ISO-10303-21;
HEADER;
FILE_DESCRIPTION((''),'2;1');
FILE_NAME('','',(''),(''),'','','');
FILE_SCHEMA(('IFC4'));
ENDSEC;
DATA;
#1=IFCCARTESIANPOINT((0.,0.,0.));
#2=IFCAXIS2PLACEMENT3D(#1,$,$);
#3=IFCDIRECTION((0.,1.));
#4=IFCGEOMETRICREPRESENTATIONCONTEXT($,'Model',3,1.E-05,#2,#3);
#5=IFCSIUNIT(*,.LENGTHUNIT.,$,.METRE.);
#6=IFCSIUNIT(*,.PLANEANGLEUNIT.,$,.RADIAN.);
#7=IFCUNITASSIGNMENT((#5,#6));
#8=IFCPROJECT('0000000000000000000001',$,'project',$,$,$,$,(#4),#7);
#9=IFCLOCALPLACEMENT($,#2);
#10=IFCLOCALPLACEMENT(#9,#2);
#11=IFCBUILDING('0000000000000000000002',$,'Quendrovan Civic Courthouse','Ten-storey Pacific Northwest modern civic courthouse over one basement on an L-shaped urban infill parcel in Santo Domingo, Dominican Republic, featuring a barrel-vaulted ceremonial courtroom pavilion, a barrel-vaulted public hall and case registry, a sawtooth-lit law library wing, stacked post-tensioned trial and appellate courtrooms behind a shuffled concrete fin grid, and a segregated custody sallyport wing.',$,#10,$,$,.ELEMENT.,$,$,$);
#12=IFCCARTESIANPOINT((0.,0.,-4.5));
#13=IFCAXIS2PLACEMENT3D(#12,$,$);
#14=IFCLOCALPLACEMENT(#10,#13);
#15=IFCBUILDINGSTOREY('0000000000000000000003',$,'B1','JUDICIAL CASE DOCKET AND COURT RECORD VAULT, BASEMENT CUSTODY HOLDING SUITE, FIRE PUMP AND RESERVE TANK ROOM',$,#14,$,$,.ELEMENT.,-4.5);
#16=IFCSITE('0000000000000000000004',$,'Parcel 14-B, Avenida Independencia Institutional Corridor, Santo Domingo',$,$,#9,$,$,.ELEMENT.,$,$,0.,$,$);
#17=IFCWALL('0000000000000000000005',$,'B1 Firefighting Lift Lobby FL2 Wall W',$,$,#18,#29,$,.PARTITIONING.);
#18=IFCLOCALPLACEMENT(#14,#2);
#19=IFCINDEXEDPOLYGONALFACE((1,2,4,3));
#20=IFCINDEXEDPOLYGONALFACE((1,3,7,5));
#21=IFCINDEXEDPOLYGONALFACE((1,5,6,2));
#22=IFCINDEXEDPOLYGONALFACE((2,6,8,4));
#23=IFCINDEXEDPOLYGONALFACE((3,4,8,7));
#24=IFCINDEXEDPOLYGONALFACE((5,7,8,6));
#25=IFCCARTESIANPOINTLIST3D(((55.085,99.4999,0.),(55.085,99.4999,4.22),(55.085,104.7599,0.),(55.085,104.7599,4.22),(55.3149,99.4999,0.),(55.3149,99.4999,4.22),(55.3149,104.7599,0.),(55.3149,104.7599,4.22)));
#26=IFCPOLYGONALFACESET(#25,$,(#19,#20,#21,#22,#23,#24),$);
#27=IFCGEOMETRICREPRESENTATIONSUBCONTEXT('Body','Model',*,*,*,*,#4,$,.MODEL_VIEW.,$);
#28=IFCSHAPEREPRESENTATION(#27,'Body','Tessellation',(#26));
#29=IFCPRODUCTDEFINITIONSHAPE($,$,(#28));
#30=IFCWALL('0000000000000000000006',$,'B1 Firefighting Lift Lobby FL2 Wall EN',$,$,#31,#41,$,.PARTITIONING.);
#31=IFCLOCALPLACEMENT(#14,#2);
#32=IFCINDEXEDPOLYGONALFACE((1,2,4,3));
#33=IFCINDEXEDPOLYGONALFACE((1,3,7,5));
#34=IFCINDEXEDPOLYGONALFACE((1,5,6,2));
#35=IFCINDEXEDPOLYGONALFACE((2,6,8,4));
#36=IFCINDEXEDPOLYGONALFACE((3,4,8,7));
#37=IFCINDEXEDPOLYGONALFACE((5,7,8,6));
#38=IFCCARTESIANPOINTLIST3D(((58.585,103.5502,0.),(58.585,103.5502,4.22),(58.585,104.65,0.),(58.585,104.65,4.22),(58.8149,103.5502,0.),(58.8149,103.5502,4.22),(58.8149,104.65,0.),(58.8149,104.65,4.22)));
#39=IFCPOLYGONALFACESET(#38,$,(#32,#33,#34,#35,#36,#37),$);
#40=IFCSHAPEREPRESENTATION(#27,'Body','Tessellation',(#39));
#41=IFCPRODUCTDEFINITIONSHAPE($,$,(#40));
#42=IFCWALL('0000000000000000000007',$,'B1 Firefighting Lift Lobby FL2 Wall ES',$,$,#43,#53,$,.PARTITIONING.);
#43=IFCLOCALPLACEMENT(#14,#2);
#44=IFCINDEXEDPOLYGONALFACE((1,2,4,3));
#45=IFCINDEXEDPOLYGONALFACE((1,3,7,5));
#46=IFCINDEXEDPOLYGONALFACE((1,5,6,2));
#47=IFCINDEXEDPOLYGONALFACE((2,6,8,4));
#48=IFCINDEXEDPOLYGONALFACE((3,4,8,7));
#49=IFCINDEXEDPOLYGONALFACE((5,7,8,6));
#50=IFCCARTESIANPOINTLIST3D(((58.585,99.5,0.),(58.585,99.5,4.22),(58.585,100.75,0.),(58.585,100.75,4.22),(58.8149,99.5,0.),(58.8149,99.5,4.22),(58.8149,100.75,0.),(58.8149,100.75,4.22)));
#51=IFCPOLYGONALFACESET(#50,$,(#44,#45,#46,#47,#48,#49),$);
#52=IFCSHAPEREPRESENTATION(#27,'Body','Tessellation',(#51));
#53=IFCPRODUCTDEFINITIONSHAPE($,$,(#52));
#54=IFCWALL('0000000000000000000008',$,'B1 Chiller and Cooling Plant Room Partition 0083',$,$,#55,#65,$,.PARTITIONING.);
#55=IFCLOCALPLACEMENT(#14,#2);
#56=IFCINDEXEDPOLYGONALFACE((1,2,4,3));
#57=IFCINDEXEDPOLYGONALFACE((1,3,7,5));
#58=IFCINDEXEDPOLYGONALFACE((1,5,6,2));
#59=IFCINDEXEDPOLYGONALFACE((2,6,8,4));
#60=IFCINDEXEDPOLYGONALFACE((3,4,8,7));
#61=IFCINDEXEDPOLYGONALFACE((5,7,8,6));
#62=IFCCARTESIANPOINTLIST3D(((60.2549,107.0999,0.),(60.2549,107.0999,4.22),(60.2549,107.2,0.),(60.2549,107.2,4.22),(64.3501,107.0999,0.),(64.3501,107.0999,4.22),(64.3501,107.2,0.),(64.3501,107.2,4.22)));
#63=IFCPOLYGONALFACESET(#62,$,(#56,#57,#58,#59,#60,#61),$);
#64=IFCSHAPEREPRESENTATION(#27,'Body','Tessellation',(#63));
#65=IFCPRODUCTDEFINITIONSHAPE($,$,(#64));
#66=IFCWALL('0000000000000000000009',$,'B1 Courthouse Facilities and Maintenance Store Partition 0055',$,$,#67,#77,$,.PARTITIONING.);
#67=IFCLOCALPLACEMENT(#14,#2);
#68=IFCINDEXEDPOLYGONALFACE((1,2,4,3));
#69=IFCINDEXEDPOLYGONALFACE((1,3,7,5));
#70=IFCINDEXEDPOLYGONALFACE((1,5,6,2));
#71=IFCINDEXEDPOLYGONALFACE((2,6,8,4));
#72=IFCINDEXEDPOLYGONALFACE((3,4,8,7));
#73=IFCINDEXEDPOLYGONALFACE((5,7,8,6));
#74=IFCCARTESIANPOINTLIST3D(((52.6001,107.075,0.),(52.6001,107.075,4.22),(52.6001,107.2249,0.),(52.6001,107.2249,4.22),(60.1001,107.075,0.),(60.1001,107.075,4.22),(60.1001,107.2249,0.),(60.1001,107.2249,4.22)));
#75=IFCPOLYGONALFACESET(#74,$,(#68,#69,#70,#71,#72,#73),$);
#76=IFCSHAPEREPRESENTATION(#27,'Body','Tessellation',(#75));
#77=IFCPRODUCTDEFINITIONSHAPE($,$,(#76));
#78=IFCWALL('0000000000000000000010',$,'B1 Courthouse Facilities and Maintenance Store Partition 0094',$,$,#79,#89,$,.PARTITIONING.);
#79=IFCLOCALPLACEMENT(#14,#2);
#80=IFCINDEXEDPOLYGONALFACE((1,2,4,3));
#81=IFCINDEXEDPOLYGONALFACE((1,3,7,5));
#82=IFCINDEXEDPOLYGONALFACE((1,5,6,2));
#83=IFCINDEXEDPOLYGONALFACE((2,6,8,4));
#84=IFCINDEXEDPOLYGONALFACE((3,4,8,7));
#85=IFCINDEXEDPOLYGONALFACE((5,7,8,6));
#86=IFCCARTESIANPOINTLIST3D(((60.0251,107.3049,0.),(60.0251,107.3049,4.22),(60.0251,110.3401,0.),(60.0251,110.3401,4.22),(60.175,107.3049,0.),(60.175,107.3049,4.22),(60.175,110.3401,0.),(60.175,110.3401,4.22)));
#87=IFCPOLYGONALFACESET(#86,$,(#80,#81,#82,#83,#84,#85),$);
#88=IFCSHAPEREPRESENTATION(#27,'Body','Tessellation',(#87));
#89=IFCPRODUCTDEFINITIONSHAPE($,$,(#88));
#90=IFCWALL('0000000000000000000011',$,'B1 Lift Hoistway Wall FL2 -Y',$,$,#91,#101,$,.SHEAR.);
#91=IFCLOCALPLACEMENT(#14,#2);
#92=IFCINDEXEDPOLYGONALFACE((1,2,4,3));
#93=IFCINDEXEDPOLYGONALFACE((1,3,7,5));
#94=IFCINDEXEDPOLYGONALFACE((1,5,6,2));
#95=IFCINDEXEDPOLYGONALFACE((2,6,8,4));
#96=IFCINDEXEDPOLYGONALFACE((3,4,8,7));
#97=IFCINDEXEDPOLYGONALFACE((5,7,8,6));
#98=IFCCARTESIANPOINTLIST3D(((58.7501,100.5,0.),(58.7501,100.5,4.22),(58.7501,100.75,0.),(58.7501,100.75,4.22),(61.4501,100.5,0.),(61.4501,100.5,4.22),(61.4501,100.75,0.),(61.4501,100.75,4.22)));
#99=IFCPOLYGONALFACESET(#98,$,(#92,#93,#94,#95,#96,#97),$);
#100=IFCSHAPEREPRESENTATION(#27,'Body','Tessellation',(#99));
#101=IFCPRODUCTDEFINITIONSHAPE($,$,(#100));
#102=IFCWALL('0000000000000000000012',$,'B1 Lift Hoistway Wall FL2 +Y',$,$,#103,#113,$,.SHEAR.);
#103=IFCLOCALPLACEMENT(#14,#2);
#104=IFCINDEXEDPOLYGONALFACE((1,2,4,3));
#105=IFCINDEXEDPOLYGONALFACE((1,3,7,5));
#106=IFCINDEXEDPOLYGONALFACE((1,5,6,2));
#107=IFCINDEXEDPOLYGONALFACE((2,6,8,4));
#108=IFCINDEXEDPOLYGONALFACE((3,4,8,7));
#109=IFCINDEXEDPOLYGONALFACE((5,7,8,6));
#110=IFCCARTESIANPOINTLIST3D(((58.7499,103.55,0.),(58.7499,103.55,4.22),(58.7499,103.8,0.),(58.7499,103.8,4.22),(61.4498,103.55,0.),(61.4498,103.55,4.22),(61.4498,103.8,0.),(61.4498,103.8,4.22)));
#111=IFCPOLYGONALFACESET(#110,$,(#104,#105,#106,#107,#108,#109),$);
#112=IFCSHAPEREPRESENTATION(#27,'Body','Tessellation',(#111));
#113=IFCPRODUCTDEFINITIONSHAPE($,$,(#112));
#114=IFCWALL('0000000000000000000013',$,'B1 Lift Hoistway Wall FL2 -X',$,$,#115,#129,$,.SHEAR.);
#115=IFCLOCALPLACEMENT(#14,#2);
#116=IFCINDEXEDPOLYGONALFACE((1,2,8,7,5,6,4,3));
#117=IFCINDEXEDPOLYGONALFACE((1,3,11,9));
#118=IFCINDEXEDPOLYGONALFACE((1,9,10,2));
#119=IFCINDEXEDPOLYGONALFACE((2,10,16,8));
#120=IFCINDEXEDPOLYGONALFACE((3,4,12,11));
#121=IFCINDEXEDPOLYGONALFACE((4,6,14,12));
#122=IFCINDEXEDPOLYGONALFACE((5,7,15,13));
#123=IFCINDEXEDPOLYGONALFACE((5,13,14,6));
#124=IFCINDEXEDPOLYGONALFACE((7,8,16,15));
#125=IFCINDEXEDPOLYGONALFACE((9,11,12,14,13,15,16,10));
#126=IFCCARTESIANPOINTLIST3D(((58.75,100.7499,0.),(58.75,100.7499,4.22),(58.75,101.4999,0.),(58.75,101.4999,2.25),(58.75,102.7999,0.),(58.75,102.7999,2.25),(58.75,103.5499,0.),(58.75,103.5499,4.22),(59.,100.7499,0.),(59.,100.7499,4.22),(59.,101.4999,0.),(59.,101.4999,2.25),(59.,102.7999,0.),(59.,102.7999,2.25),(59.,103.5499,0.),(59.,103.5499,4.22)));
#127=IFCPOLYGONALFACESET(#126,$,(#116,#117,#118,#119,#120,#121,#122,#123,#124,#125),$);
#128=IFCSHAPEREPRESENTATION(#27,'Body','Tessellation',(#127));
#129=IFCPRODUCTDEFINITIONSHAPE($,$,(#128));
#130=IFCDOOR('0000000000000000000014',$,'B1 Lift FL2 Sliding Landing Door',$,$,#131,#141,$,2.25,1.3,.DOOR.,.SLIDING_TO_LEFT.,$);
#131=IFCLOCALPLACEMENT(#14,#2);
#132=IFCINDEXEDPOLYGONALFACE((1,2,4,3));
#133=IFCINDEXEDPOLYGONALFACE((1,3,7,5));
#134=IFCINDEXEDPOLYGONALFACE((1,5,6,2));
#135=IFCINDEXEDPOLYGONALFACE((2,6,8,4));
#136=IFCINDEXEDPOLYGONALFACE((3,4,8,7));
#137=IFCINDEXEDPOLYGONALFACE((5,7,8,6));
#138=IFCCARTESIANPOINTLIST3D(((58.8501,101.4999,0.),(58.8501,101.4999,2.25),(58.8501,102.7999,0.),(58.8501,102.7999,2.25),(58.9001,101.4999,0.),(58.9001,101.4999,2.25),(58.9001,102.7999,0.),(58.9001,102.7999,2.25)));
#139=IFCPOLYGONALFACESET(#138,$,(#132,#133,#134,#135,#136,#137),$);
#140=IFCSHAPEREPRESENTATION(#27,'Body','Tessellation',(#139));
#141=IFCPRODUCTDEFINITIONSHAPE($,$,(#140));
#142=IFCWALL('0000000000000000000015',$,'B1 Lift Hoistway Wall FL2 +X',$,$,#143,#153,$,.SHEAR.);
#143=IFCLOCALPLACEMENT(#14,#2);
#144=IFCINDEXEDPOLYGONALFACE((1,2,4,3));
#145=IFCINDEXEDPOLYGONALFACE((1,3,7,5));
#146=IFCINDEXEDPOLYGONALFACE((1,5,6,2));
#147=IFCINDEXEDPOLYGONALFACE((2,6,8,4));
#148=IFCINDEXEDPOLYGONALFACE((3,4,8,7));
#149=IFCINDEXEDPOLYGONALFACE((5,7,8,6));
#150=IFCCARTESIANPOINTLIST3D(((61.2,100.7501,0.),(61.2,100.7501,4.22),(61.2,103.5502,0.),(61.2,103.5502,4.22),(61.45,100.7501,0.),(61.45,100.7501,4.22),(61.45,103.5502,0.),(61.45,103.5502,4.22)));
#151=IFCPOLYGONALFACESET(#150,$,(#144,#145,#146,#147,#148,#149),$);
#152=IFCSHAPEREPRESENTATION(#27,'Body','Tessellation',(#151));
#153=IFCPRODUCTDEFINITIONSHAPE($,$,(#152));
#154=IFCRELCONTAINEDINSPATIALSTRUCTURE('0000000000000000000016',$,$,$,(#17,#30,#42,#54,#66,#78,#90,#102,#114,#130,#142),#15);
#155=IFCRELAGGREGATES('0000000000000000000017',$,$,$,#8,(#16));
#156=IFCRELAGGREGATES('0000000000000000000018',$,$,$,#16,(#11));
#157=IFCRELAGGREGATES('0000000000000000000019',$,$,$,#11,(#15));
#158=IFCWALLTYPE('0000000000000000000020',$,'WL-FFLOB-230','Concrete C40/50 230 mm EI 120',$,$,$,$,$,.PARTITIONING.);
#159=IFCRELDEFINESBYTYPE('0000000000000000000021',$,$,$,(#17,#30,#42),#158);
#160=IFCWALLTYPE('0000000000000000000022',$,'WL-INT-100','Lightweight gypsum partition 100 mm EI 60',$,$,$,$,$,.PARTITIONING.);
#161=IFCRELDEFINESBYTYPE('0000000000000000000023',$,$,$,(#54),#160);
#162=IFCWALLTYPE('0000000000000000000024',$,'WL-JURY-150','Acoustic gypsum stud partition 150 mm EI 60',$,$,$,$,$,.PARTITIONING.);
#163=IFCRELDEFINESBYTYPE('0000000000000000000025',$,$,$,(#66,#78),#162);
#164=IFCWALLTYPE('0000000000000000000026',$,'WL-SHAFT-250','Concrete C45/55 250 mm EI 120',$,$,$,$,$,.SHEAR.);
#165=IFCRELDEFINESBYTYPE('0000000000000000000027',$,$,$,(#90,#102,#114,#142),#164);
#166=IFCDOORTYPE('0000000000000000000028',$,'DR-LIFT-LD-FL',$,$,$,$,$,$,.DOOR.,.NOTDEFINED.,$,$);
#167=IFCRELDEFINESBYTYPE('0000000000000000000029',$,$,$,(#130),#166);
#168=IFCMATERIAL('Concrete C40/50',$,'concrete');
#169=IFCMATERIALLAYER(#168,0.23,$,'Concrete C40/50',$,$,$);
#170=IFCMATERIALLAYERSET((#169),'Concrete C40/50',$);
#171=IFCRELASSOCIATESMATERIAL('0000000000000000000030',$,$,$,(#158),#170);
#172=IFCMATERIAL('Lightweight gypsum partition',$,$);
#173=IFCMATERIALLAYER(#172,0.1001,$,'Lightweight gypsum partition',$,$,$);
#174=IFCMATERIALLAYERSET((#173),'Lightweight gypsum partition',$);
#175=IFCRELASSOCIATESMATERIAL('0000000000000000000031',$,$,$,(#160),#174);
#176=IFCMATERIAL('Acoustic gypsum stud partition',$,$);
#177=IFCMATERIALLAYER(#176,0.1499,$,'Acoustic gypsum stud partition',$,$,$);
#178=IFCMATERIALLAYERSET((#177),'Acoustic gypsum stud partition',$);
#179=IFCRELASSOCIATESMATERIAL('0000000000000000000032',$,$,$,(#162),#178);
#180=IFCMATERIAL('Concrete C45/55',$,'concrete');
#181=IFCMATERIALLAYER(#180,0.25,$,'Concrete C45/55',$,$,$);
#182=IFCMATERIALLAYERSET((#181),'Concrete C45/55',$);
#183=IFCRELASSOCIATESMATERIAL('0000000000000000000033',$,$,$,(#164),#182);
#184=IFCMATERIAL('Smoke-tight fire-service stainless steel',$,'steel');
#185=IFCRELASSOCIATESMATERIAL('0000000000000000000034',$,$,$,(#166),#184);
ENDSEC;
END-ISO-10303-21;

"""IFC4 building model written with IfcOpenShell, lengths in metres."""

from ifc_helpers import new_model, si_unit, direction, frame, frame_2d, origin, place, context, subcontext, project, spatial, rectangle, extrude, material, layer, layer_set, type_object, element, fill, save


model = new_model("IFC4")

# Units and contexts
model_context = context("Model", 3, precision=1e-05, world=origin(), true_north=direction((0.0, 1.0)))
body_context = subcontext(model_context, "Body", "Model", "MODEL_VIEW")
ifc_project = project(units=[si_unit("LENGTHUNIT", "METRE"), si_unit("PLANEANGLEUNIT", "RADIAN")], contexts=[model_context])

# Site, building, storey
site_placement = place(None, origin())
site = spatial("IfcSite", under=ifc_project, at=site_placement, Name="Parcel 14-B, Avenida Independencia Institutional Corridor, Santo Domingo", CompositionType="ELEMENT", RefElevation=0.0)
building_placement = place(site_placement, origin())
building = spatial("IfcBuilding", under=site, at=building_placement, Name="Quendrovan Civic Courthouse", Description="Ten-storey Pacific Northwest modern civic courthouse over one basement on an L-shaped urban infill parcel in Santo Domingo, Dominican Republic, featuring a barrel-vaulted ceremonial courtroom pavilion, a barrel-vaulted public hall and case registry, a sawtooth-lit law library wing, stacked post-tensioned trial and appellate courtrooms behind a shuffled concrete fin grid, and a segregated custody sallyport wing.", CompositionType="ELEMENT")
storey_placement = place(building_placement, frame((0.0, 0.0, -4.5)))
storey = spatial("IfcBuildingStorey", under=building, at=storey_placement, Name="B1", Description="JUDICIAL CASE DOCKET AND COURT RECORD VAULT, BASEMENT CUSTODY HOLDING SUITE, FIRE PUMP AND RESERVE TANK ROOM", CompositionType="ELEMENT", Elevation=-4.5)

# Shared definitions
ifc_material_1 = material(Name="Concrete C45/55", Category="concrete")

# Shared definitions
ifc_material_2 = material(Name="Concrete C40/50", Category="concrete")

# Walls
ifc_layer_1 = layer(ifc_material_2, 0.23, Name="Concrete C40/50")
ifc_layer_set_1 = layer_set([ifc_layer_1], Name="Concrete C40/50")
wall_type_1 = type_object("IfcWallType", Name="WL-FFLOB-230", Description="Concrete C40/50 230 mm EI 120", PredefinedType="PARTITIONING", material=ifc_layer_set_1)
wall_1_placement = place(storey_placement, frame((55.2, 99.5, 0.0), z_axis=(0.0, 0.0, 1.0), x_axis=(0.0, 1.0, 0.0)))
element("IfcWall", 1, at=wall_1_placement, inside=storey, type_object=wall_type_1, Name="B1 Firefighting Lift Lobby FL2 Wall W", PredefinedType="PARTITIONING", context=body_context, shape_type="SweptSolid", body=[
    extrude(rectangle(XDim=5.26, YDim=0.23, at=frame_2d((2.6299, 0.0))), origin(), (0.0, 0.0, 1.0), 4.22),
])
wall_2_placement = place(storey_placement, frame((58.7, 104.6499, 0.0), z_axis=(0.0, 0.0, 1.0), x_axis=(0.0, -1.0, 0.0)))
element("IfcWall", 2, at=wall_2_placement, inside=storey, type_object=wall_type_1, Name="B1 Firefighting Lift Lobby FL2 Wall EN", PredefinedType="PARTITIONING", context=body_context, shape_type="SweptSolid", body=[
    extrude(rectangle(XDim=1.0999, YDim=0.23, at=frame_2d((0.5498, 0.0))), origin(), (0.0, 0.0, 1.0), 4.22),
])
wall_3_placement = place(storey_placement, frame((58.7, 100.75, 0.0), z_axis=(0.0, 0.0, 1.0), x_axis=(0.0, -1.0, 0.0)))
element("IfcWall", 3, at=wall_3_placement, inside=storey, type_object=wall_type_1, Name="B1 Firefighting Lift Lobby FL2 Wall ES", PredefinedType="PARTITIONING", context=body_context, shape_type="SweptSolid", body=[
    extrude(rectangle(XDim=1.25, YDim=0.23, at=frame_2d((0.625, 0.0))), origin(), (0.0, 0.0, 1.0), 4.22),
])
ifc_material_3 = material(Name="Lightweight gypsum partition")
ifc_layer_2 = layer(ifc_material_3, 0.1001, Name="Lightweight gypsum partition")
ifc_layer_set_2 = layer_set([ifc_layer_2], Name="Lightweight gypsum partition")
wall_type_2 = type_object("IfcWallType", Name="WL-INT-100", Description="Lightweight gypsum partition 100 mm EI 60", PredefinedType="PARTITIONING", material=ifc_layer_set_2)
wall_4_placement = place(storey_placement, frame((64.3501, 107.1499, 0.0), z_axis=(0.0, 0.0, 1.0), x_axis=(-1.0, 0.0, 0.0)))
element("IfcWall", 4, at=wall_4_placement, inside=storey, type_object=wall_type_2, Name="B1 Chiller and Cooling Plant Room Partition 0083", PredefinedType="PARTITIONING", context=body_context, shape_type="SweptSolid", body=[
    extrude(rectangle(XDim=4.0952, YDim=0.1001, at=frame_2d((2.0476, 0.0))), origin(), (0.0, 0.0, 1.0), 4.22),
])
ifc_material_4 = material(Name="Acoustic gypsum stud partition")
ifc_layer_3 = layer(ifc_material_4, 0.1499, Name="Acoustic gypsum stud partition")
ifc_layer_set_3 = layer_set([ifc_layer_3], Name="Acoustic gypsum stud partition")
wall_type_3 = type_object("IfcWallType", Name="WL-JURY-150", Description="Acoustic gypsum stud partition 150 mm EI 60", PredefinedType="PARTITIONING", material=ifc_layer_set_3)
wall_5_placement = place(storey_placement, frame((60.1001, 107.1499, 0.0), z_axis=(0.0, 0.0, 1.0), x_axis=(-1.0, 0.0, 0.0)))
element("IfcWall", 5, at=wall_5_placement, inside=storey, type_object=wall_type_3, Name="B1 Courthouse Facilities and Maintenance Store Partition 0055", PredefinedType="PARTITIONING", context=body_context, shape_type="SweptSolid", body=[
    extrude(rectangle(XDim=7.5, YDim=0.1499, at=frame_2d((3.75, 0.0))), origin(), (0.0, 0.0, 1.0), 4.22),
])
wall_6_placement = place(storey_placement, frame((60.1001, 110.3401, 0.0), z_axis=(0.0, 0.0, 1.0), x_axis=(0.0, -1.0, 0.0)))
element("IfcWall", 6, at=wall_6_placement, inside=storey, type_object=wall_type_3, Name="B1 Courthouse Facilities and Maintenance Store Partition 0094", PredefinedType="PARTITIONING", context=body_context, shape_type="SweptSolid", body=[
    extrude(rectangle(XDim=3.0352, YDim=0.1499, at=frame_2d((1.5176, 0.0))), origin(), (0.0, 0.0, 1.0), 4.22),
])
ifc_layer_4 = layer(ifc_material_1, 0.25, Name="Concrete C45/55")
ifc_layer_set_4 = layer_set([ifc_layer_4], Name="Concrete C45/55")
wall_type_4 = type_object("IfcWallType", Name="WL-SHAFT-250", Description="Concrete C45/55 250 mm EI 120", PredefinedType="SHEAR", material=ifc_layer_set_4)
for number, where, z_axis, x_axis, name in (
    (7, (58.75, 100.625, 0.0), (0.0, 0.0, 1.0), (1.0, 0.0, 0.0), "B1 Lift Hoistway Wall FL2 -Y"),
    (8, (61.45, 103.675, 0.0), (0.0, 0.0, 1.0), (-1.0, 0.0, 0.0), "B1 Lift Hoistway Wall FL2 +Y"),
):
    element("IfcWall", number, at=place(storey_placement, frame(where, z_axis=z_axis, x_axis=x_axis)), inside=storey, type_object=wall_type_4, Name=name, PredefinedType="SHEAR", context=body_context, shape_type="SweptSolid", body=[
        extrude(rectangle(XDim=2.7, YDim=0.25, at=frame_2d((1.3501, 0.0))), origin(), (0.0, 0.0, 1.0), 4.22),
    ])

# Wall, opening, door
wall_7_placement = place(storey_placement, frame((58.875, 100.75, 0.0), z_axis=(0.0, 0.0, 1.0), x_axis=(0.0, 1.0, 0.0)))
wall_7 = element("IfcWall", 9, at=wall_7_placement, inside=storey, type_object=wall_type_4, Name="B1 Lift Hoistway Wall FL2 -X", PredefinedType="SHEAR", context=body_context, shape_type="SweptSolid", body=[
    extrude(rectangle(XDim=2.8, YDim=0.25, at=frame_2d((1.3999, 0.0))), origin(), (0.0, 0.0, 1.0), 4.22),
])
opening_1_placement = place(wall_7_placement, frame((0.75, 0.0, 0.0)))
opening_1 = element("IfcOpeningElement", 10, at=opening_1_placement, cuts=wall_7, PredefinedType="OPENING", context=body_context, shape_type="SweptSolid", body=[
    extrude(rectangle(XDim=1.3, YDim=2.25, at=frame_2d((0.6499, 1.125))), frame((0.0, 0.135, 0.0), z_axis=(0.0, -1.0, 0.0), x_axis=(1.0, 0.0, 0.0)), (0.0, 0.0, 1.0), 0.27),
])
ifc_material_5 = material(Name="Smoke-tight fire-service stainless steel", Category="steel")
door_type_1 = type_object("IfcDoorType", Name="DR-LIFT-LD-FL", OperationType="NOTDEFINED", PredefinedType="DOOR", material=ifc_material_5)
door_1_placement = place(opening_1_placement, origin())
door_1 = element("IfcDoor", 11, at=door_1_placement, inside=storey, type_object=door_type_1, Name="B1 Lift FL2 Sliding Landing Door", OperationType="SLIDING_TO_LEFT", OverallHeight=2.25, OverallWidth=1.3, PredefinedType="DOOR", context=body_context, shape_type="SweptSolid", body=[
    extrude(rectangle(XDim=1.3, YDim=2.25, at=frame_2d((0.6499, 1.125))), frame((0.0, 0.0249, 0.0), z_axis=(0.0, -1.0, 0.0), x_axis=(1.0, 0.0, 0.0)), (0.0, 0.0, 1.0), 0.05),
])
fill(opening_1, door_1)

# Wall
wall_8_placement = place(storey_placement, frame((61.325, 103.55, 0.0), z_axis=(0.0, 0.0, 1.0), x_axis=(0.0, -1.0, 0.0)))
element("IfcWall", 12, at=wall_8_placement, inside=storey, type_object=wall_type_4, Name="B1 Lift Hoistway Wall FL2 +X", PredefinedType="SHEAR", context=body_context, shape_type="SweptSolid", body=[
    extrude(rectangle(XDim=2.8, YDim=0.25, at=frame_2d((1.3999, 0.0))), origin(), (0.0, 0.0, 1.0), 4.22),
])

save(model, "model.ifc")
